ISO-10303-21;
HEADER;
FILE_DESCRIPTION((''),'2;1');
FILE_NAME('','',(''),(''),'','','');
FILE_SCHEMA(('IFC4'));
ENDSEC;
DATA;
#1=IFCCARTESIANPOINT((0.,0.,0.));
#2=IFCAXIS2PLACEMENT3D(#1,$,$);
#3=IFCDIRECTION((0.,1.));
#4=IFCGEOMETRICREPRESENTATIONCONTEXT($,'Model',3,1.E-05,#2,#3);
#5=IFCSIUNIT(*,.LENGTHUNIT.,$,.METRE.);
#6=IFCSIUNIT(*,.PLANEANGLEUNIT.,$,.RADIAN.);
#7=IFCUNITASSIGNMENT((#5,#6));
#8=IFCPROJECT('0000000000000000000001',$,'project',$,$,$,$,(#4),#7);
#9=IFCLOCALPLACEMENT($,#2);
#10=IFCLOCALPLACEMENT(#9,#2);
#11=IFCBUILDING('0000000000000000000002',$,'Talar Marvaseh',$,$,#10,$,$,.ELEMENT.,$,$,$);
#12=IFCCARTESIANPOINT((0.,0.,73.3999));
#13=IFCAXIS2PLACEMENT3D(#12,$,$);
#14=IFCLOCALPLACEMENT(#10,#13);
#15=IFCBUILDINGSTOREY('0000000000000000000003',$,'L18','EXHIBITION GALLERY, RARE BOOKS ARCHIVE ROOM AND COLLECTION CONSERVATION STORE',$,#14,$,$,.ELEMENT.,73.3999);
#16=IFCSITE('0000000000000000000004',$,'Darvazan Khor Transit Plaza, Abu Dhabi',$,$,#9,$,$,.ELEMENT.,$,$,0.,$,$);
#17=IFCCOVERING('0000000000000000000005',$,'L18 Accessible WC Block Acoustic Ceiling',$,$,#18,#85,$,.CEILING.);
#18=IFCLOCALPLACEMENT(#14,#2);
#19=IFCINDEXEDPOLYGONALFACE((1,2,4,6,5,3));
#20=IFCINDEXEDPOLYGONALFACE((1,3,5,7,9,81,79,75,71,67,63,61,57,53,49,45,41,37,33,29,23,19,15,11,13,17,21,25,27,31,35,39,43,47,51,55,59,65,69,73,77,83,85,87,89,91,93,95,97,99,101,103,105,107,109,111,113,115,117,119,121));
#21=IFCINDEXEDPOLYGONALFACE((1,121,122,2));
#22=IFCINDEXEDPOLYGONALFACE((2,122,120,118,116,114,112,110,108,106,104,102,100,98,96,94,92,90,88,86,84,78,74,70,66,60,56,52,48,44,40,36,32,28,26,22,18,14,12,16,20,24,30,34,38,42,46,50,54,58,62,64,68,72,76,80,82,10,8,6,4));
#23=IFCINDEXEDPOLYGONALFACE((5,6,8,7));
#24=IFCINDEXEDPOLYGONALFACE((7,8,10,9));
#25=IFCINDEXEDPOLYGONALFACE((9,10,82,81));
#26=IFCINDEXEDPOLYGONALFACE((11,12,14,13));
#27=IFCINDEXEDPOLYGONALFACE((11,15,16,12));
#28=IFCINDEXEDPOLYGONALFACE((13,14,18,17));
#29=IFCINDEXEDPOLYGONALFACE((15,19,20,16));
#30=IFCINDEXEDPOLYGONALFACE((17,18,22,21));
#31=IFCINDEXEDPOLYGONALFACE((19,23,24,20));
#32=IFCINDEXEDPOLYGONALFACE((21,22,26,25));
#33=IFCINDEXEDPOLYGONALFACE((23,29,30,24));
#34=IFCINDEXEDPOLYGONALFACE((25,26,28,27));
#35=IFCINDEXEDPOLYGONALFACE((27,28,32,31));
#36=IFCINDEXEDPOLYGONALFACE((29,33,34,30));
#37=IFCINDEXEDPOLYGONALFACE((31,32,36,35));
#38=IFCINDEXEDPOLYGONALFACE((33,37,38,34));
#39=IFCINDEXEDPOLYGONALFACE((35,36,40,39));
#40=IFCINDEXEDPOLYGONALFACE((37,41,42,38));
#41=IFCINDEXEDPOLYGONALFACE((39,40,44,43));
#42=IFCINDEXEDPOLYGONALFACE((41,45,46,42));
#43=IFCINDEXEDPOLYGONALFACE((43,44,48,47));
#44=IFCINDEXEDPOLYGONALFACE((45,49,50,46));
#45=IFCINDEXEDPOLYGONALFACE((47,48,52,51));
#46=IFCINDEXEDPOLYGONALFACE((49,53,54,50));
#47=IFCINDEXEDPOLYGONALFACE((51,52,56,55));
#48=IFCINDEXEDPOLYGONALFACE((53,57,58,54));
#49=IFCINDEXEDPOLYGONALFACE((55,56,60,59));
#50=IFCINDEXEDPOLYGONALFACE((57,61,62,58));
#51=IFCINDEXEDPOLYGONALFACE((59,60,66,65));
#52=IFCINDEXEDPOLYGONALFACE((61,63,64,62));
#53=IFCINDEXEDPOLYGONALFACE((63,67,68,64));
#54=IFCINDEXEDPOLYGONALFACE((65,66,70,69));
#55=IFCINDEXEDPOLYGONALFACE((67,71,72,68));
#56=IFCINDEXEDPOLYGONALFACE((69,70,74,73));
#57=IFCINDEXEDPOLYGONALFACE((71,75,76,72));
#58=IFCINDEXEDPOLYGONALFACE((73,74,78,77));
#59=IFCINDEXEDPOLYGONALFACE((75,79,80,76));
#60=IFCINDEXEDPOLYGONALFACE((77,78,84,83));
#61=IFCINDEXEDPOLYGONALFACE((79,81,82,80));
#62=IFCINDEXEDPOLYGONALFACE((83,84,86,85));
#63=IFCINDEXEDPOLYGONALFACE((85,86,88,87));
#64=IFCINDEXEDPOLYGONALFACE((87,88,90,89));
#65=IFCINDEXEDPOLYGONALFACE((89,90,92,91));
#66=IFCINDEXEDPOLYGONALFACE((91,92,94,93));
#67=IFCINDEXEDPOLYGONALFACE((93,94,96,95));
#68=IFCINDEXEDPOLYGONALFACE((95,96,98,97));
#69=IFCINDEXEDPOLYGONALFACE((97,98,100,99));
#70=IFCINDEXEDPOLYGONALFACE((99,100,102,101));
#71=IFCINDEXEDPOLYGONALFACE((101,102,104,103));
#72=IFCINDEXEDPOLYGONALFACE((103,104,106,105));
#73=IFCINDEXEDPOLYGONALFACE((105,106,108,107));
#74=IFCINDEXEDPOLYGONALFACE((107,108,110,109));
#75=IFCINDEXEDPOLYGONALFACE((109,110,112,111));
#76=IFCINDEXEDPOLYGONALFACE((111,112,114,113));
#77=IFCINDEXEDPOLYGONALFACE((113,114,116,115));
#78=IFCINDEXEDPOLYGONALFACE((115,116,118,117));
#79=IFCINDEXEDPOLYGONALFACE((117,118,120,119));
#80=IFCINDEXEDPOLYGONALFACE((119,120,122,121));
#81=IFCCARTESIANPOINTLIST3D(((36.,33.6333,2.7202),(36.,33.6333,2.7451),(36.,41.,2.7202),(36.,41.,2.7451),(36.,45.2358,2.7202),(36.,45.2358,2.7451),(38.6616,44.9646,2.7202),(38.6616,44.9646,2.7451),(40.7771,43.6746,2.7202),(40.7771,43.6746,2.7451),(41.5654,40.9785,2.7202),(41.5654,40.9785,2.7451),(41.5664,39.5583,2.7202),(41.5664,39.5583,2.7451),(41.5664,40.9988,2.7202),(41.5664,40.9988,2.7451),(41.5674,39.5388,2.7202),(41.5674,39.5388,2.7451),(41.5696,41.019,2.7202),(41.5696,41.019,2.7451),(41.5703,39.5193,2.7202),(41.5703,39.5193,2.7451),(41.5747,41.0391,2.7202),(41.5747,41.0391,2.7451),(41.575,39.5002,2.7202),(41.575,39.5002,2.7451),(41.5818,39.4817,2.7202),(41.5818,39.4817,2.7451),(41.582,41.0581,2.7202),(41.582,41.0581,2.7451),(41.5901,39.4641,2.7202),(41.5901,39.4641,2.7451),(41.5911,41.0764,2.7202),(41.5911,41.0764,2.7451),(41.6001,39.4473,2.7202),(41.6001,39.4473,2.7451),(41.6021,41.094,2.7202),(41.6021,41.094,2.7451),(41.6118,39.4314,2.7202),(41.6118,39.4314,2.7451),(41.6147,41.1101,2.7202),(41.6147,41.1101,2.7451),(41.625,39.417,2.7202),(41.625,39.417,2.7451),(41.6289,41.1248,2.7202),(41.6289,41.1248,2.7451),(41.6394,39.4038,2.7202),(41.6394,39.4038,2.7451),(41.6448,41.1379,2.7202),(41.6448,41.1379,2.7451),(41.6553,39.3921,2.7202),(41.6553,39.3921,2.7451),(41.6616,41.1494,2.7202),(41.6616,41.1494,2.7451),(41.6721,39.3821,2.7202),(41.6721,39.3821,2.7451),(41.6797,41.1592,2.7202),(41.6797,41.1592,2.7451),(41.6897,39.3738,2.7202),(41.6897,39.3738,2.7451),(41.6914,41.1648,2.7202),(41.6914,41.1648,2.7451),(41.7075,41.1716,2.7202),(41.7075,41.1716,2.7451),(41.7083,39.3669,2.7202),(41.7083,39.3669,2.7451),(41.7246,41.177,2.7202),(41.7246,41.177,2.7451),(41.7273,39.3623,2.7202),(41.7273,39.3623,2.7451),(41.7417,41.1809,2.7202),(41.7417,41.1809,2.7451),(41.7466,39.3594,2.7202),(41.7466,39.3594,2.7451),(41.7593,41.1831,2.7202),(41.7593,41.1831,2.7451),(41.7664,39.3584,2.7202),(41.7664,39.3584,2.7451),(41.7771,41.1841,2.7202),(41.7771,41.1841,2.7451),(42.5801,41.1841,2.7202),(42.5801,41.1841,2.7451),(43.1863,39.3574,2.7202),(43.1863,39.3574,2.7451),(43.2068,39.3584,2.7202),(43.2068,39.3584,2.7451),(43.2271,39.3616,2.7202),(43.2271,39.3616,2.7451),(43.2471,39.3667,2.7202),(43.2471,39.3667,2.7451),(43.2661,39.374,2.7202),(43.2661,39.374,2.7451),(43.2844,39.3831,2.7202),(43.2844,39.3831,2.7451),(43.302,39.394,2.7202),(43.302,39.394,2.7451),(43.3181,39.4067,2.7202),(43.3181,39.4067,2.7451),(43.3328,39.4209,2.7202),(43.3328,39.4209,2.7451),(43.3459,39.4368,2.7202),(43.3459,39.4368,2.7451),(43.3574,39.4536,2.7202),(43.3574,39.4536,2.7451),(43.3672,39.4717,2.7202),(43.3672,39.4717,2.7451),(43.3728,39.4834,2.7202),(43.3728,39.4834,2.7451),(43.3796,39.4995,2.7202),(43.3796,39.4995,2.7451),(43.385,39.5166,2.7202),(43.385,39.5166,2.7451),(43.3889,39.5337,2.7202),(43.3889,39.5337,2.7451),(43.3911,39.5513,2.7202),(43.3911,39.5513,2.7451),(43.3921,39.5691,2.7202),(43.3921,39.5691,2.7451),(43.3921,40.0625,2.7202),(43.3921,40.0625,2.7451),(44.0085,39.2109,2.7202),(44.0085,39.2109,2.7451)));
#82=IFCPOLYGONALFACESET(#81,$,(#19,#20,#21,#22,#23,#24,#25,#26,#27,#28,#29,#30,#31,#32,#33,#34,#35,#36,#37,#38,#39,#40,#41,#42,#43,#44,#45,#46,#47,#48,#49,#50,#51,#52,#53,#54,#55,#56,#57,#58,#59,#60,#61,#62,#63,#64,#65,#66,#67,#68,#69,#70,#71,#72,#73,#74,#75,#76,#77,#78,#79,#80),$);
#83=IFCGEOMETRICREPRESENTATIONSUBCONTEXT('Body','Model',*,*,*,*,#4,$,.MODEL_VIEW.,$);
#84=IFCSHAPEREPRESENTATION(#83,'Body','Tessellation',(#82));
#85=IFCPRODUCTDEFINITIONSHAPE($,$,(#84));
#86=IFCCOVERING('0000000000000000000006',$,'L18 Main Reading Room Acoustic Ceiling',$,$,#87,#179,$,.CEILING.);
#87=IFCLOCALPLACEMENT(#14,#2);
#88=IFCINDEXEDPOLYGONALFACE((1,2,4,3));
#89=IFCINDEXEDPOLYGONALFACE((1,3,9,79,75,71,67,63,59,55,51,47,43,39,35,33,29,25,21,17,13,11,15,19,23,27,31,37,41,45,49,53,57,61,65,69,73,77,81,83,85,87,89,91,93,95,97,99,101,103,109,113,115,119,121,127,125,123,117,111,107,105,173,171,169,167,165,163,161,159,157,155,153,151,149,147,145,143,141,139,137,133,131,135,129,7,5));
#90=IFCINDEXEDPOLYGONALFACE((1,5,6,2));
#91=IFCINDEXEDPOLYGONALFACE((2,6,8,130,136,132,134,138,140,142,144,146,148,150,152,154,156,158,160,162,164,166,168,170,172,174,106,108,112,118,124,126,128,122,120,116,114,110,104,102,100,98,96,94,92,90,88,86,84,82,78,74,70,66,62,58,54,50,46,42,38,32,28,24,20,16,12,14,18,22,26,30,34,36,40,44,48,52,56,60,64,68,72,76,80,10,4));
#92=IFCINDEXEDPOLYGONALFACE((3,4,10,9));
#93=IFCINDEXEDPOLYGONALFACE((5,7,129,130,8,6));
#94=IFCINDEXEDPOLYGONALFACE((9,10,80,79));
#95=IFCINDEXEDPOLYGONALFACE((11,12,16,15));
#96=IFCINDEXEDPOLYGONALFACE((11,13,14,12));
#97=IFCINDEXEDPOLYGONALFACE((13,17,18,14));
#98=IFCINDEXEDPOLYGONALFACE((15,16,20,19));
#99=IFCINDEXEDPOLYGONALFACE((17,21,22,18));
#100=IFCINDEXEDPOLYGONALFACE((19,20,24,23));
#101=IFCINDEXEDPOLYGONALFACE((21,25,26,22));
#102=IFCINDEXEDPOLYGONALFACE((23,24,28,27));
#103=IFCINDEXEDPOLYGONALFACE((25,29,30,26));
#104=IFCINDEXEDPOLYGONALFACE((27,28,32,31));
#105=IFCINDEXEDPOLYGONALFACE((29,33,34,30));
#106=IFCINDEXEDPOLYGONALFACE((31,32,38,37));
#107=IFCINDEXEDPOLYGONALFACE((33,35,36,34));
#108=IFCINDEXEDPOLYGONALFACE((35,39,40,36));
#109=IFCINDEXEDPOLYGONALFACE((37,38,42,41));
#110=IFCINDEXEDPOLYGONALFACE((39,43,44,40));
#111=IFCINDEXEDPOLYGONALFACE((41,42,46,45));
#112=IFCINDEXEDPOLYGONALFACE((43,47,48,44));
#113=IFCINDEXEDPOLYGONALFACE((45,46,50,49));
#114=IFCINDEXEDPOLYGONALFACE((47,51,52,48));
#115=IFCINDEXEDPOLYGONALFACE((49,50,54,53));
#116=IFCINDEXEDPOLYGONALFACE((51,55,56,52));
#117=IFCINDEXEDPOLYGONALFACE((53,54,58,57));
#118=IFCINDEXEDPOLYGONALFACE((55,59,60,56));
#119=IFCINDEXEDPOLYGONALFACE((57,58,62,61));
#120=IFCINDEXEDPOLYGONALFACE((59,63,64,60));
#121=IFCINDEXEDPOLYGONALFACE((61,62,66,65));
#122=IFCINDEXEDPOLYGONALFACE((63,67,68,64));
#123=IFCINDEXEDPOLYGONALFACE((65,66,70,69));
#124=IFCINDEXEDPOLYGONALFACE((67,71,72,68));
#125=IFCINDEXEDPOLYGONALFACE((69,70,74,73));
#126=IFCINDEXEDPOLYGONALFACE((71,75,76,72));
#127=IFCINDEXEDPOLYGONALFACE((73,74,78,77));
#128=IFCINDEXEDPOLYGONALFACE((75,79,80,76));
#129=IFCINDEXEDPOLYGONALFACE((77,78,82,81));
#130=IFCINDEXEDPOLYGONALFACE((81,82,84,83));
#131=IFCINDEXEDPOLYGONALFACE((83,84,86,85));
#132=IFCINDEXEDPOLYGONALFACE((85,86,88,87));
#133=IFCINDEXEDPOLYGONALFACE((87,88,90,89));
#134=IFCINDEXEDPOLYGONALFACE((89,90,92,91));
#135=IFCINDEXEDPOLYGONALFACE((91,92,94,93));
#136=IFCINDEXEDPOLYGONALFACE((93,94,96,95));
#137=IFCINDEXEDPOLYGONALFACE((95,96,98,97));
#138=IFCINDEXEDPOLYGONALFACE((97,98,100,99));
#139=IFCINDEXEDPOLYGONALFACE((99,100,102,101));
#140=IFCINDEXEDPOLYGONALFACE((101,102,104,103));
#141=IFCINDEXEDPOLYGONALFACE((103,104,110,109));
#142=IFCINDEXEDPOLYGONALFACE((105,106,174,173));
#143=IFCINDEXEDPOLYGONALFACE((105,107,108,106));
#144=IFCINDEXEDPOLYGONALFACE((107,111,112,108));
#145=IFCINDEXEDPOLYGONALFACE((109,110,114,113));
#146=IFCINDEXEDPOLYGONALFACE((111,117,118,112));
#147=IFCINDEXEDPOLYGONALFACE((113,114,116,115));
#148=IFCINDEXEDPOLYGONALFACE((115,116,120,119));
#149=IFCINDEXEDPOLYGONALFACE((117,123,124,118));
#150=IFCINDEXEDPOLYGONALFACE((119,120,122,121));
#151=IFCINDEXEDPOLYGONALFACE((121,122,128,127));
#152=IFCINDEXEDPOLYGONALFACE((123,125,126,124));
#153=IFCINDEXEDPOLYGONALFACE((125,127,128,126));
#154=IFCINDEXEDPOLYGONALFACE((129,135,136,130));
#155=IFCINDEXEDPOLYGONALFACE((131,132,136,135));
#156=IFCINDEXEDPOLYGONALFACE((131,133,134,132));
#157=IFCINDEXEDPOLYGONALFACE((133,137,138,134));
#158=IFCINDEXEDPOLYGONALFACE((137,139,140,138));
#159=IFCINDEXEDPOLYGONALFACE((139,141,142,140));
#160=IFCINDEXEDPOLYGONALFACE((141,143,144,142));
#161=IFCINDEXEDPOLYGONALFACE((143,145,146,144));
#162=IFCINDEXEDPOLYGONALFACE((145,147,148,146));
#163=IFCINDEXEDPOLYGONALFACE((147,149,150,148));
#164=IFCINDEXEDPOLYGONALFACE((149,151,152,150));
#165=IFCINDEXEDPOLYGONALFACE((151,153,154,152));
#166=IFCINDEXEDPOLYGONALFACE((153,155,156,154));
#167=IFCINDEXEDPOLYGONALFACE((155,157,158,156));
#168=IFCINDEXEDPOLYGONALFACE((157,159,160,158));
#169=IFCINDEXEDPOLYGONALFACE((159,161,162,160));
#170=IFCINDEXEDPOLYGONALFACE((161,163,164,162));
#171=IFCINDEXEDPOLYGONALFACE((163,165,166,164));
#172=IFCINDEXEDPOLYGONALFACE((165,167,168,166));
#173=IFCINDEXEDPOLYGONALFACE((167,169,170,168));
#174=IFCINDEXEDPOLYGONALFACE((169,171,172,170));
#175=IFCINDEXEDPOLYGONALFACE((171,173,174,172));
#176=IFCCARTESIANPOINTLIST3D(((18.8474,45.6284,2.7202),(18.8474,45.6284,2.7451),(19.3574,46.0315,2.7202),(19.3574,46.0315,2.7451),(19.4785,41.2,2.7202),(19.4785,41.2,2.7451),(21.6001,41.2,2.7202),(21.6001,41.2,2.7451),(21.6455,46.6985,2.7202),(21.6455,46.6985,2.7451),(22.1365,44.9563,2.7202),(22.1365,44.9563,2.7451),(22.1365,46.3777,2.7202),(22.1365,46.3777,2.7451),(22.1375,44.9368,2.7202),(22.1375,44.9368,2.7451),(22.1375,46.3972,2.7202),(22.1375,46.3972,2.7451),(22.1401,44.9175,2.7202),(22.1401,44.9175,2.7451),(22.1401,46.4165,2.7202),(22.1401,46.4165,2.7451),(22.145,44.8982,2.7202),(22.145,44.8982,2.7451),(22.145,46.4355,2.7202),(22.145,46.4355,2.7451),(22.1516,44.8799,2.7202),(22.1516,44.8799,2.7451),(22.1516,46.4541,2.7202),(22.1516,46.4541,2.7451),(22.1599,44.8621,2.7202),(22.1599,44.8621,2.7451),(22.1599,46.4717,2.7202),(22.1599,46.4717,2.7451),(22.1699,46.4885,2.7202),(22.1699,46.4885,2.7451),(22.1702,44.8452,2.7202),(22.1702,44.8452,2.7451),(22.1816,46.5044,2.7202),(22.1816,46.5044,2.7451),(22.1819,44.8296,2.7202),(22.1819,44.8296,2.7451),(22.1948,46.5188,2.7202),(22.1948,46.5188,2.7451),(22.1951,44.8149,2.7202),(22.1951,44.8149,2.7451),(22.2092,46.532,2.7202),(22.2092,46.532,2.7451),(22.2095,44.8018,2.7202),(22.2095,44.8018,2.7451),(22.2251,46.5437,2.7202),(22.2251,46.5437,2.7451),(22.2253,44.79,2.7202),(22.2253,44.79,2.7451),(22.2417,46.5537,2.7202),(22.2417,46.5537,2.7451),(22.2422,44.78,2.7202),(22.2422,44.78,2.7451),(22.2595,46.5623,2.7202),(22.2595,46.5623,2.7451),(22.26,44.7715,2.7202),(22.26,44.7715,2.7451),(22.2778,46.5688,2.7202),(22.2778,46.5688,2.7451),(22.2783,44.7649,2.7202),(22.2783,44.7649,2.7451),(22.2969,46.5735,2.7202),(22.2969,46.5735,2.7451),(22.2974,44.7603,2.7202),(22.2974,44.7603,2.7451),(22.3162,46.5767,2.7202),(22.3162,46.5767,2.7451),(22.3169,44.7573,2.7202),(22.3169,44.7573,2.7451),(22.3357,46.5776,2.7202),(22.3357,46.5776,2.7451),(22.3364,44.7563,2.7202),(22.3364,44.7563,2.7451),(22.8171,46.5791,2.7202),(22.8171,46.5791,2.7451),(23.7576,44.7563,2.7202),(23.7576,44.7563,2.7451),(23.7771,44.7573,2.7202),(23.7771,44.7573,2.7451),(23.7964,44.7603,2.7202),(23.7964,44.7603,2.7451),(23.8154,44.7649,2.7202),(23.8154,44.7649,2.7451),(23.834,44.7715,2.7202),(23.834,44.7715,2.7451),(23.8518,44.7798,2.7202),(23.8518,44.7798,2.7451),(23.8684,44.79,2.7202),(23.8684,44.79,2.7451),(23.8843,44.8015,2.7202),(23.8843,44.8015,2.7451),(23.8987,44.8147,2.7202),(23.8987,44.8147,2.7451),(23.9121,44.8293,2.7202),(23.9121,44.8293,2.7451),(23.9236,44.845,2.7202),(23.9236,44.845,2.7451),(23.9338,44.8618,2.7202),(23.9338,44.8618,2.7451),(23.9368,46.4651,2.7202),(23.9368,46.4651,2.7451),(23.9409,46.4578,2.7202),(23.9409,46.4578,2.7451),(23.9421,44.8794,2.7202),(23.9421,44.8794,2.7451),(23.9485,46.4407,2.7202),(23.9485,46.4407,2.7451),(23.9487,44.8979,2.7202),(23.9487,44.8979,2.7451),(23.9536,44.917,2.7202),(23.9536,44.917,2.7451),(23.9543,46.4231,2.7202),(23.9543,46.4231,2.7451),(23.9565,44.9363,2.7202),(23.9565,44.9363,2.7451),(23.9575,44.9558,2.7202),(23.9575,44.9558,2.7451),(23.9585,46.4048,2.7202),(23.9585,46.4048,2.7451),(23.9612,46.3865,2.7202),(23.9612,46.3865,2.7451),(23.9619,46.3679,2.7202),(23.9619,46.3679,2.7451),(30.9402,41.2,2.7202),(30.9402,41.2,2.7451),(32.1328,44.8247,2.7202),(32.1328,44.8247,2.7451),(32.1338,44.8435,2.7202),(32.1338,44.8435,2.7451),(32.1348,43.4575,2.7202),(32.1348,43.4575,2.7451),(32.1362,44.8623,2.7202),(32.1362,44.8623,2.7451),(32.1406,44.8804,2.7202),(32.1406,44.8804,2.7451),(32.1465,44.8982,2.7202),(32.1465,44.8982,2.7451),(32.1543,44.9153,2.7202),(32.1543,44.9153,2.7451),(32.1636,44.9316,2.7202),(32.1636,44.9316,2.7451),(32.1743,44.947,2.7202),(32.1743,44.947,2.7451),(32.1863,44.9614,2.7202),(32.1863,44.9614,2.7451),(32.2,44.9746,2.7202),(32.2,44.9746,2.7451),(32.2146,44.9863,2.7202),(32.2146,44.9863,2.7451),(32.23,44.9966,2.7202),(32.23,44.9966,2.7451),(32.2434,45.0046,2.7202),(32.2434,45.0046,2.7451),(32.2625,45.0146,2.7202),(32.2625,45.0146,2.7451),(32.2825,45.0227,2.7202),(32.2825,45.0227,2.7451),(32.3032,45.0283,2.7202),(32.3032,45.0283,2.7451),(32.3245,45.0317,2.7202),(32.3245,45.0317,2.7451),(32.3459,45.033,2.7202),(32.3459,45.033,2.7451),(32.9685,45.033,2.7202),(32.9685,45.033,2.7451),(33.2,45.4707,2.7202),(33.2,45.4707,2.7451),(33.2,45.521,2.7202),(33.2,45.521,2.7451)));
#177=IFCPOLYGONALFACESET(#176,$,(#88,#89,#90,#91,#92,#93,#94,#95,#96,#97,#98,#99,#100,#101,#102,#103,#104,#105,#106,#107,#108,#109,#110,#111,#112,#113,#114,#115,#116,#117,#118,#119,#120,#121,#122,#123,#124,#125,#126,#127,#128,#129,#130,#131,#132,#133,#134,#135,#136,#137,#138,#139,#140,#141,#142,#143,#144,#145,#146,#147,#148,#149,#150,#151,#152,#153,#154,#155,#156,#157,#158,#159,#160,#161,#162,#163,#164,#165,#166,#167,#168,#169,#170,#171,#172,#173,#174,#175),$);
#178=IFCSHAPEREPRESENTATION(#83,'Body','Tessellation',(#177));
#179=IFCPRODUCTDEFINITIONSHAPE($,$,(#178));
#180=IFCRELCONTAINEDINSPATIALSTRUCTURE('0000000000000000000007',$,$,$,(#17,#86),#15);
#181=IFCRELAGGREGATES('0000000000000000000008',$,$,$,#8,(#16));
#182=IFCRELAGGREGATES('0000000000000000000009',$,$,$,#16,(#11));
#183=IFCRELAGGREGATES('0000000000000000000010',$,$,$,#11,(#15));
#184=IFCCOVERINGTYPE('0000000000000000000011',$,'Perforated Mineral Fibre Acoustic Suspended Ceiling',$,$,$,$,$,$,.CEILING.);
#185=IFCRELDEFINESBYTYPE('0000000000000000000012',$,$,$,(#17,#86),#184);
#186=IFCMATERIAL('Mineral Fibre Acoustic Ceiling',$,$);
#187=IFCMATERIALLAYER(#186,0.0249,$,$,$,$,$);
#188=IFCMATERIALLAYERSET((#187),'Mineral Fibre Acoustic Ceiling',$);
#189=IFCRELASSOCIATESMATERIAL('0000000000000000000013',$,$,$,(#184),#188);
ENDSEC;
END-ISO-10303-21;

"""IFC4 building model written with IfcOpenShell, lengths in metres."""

from ifc_helpers import new_model, si_unit, direction, frame, origin, place, context, subcontext, project, spatial, polyline, outline, extrude, material, layer, layer_set, type_object, element, save


model = new_model("IFC4")

# Units and contexts
model_context = context("Model", 3, precision=1e-05, world=origin(), true_north=direction((0.0, 1.0)))
body_context = subcontext(model_context, "Body", "Model", "MODEL_VIEW")
ifc_project = project(units=[si_unit("LENGTHUNIT", "METRE"), si_unit("PLANEANGLEUNIT", "RADIAN")], contexts=[model_context])

# Site, building, storey
site_placement = place(None, origin())
site = spatial("IfcSite", under=ifc_project, at=site_placement, Name="Darvazan Khor Transit Plaza, Abu Dhabi", CompositionType="ELEMENT", RefElevation=0.0)
building_placement = place(site_placement, origin())
building = spatial("IfcBuilding", under=site, at=building_placement, Name="Talar Marvaseh", CompositionType="ELEMENT")
storey_placement = place(building_placement, frame((0.0, 0.0, 73.3999)))
storey = spatial("IfcBuildingStorey", under=building, at=storey_placement, Name="L18", Description="EXHIBITION GALLERY, RARE BOOKS ARCHIVE ROOM AND COLLECTION CONSERVATION STORE", CompositionType="ELEMENT", Elevation=73.3999)

# Coverings
ifc_material_1 = material(Name="Mineral Fibre Acoustic Ceiling")
ifc_layer_1 = layer(ifc_material_1, 0.0249)
ifc_layer_set_1 = layer_set([ifc_layer_1], Name="Mineral Fibre Acoustic Ceiling")
covering_type_1 = type_object("IfcCoveringType", Name="Perforated Mineral Fibre Acoustic Suspended Ceiling", PredefinedType="CEILING", material=ifc_layer_set_1)
covering_1_placement = place(storey_placement, frame((0.0, 0.0, 2.7202)))
element("IfcCovering", 1, at=covering_1_placement, inside=storey, type_object=covering_type_1, Name="L18 Accessible WC Block Acoustic Ceiling", PredefinedType="CEILING", context=body_context, shape_type="SweptSolid", body=[
    extrude(outline(polyline([(40.7771, 43.6746), (42.5801, 41.1841), (41.7771, 41.1841), (41.7593, 41.1831), (41.7417, 41.1809), (41.7246, 41.177), (41.7075, 41.1716), (41.6914, 41.1648), (41.6797, 41.1592), (41.6616, 41.1494), (41.6448, 41.1379), (41.6289, 41.1248), (41.6147, 41.1101), (41.6021, 41.094), (41.5911, 41.0764), (41.582, 41.0581), (41.5747, 41.0391), (41.5696, 41.019), (41.5664, 40.9988), (41.5654, 40.9785), (41.5664, 39.5583), (41.5674, 39.5388), (41.5703, 39.5193), (41.575, 39.5002), (41.5818, 39.4817), (41.5901, 39.4641), (41.6001, 39.4473), (41.6118, 39.4314), (41.625, 39.417), (41.6394, 39.4038), (41.6553, 39.3921), (41.6721, 39.3821), (41.6897, 39.3738), (41.7083, 39.3669), (41.7273, 39.3623), (41.7466, 39.3594), (41.7664, 39.3584), (43.1863, 39.3574), (43.2068, 39.3584), (43.2271, 39.3616), (43.2471, 39.3667), (43.2661, 39.374), (43.2844, 39.3831), (43.302, 39.394), (43.3181, 39.4067), (43.3328, 39.4209), (43.3459, 39.4368), (43.3574, 39.4536), (43.3672, 39.4717), (43.3728, 39.4834), (43.3796, 39.4995), (43.385, 39.5166), (43.3889, 39.5337), (43.3911, 39.5513), (43.3921, 39.5691), (43.3921, 40.0625), (44.0085, 39.2109), (36.0, 33.6333), (36.0, 41.0), (36.0, 45.2358), (38.6616, 44.9646), (40.7771, 43.6746)])), origin(), (0.0, 0.0, 1.0), 0.0249),
])
covering_2_placement = place(storey_placement, frame((0.0, 0.0, 2.7202)))
element("IfcCovering", 2, at=covering_2_placement, inside=storey, type_object=covering_type_1, Name="L18 Main Reading Room Acoustic Ceiling", PredefinedType="CEILING", context=body_context, shape_type="SweptSolid", body=[
    extrude(outline(polyline([(19.3574, 46.0315), (21.6455, 46.6985), (22.8171, 46.5791), (22.3357, 46.5776), (22.3162, 46.5767), (22.2969, 46.5735), (22.2778, 46.5688), (22.2595, 46.5623), (22.2417, 46.5537), (22.2251, 46.5437), (22.2092, 46.532), (22.1948, 46.5188), (22.1816, 46.5044), (22.1699, 46.4885), (22.1599, 46.4717), (22.1516, 46.4541), (22.145, 46.4355), (22.1401, 46.4165), (22.1375, 46.3972), (22.1365, 46.3777), (22.1365, 44.9563), (22.1375, 44.9368), (22.1401, 44.9175), (22.145, 44.8982), (22.1516, 44.8799), (22.1599, 44.8621), (22.1702, 44.8452), (22.1819, 44.8296), (22.1951, 44.8149), (22.2095, 44.8018), (22.2253, 44.79), (22.2422, 44.78), (22.26, 44.7715), (22.2783, 44.7649), (22.2974, 44.7603), (22.3169, 44.7573), (22.3364, 44.7563), (23.7576, 44.7563), (23.7771, 44.7573), (23.7964, 44.7603), (23.8154, 44.7649), (23.834, 44.7715), (23.8518, 44.7798), (23.8684, 44.79), (23.8843, 44.8015), (23.8987, 44.8147), (23.9121, 44.8293), (23.9236, 44.845), (23.9338, 44.8618), (23.9421, 44.8794), (23.9487, 44.8979), (23.9536, 44.917), (23.9565, 44.9363), (23.9575, 44.9558), (23.9619, 46.3679), (23.9612, 46.3865), (23.9585, 46.4048), (23.9543, 46.4231), (23.9485, 46.4407), (23.9409, 46.4578), (23.9368, 46.4651), (33.2, 45.521), (33.2, 45.4707), (32.9685, 45.033), (32.3459, 45.033), (32.3245, 45.0317), (32.3032, 45.0283), (32.2825, 45.0227), (32.2625, 45.0146), (32.2434, 45.0046), (32.23, 44.9966), (32.2146, 44.9863), (32.2, 44.9746), (32.1863, 44.9614), (32.1743, 44.947), (32.1636, 44.9316), (32.1543, 44.9153), (32.1465, 44.8982), (32.1406, 44.8804), (32.1362, 44.8623), (32.1338, 44.8435), (32.1328, 44.8247), (32.1348, 43.4575), (30.9402, 41.2), (21.6001, 41.2), (19.4785, 41.2), (18.8474, 45.6284), (19.3574, 46.0315)])), origin(), (0.0, 0.0, 1.0), 0.0249),
])

save(model, "model.ifc")
